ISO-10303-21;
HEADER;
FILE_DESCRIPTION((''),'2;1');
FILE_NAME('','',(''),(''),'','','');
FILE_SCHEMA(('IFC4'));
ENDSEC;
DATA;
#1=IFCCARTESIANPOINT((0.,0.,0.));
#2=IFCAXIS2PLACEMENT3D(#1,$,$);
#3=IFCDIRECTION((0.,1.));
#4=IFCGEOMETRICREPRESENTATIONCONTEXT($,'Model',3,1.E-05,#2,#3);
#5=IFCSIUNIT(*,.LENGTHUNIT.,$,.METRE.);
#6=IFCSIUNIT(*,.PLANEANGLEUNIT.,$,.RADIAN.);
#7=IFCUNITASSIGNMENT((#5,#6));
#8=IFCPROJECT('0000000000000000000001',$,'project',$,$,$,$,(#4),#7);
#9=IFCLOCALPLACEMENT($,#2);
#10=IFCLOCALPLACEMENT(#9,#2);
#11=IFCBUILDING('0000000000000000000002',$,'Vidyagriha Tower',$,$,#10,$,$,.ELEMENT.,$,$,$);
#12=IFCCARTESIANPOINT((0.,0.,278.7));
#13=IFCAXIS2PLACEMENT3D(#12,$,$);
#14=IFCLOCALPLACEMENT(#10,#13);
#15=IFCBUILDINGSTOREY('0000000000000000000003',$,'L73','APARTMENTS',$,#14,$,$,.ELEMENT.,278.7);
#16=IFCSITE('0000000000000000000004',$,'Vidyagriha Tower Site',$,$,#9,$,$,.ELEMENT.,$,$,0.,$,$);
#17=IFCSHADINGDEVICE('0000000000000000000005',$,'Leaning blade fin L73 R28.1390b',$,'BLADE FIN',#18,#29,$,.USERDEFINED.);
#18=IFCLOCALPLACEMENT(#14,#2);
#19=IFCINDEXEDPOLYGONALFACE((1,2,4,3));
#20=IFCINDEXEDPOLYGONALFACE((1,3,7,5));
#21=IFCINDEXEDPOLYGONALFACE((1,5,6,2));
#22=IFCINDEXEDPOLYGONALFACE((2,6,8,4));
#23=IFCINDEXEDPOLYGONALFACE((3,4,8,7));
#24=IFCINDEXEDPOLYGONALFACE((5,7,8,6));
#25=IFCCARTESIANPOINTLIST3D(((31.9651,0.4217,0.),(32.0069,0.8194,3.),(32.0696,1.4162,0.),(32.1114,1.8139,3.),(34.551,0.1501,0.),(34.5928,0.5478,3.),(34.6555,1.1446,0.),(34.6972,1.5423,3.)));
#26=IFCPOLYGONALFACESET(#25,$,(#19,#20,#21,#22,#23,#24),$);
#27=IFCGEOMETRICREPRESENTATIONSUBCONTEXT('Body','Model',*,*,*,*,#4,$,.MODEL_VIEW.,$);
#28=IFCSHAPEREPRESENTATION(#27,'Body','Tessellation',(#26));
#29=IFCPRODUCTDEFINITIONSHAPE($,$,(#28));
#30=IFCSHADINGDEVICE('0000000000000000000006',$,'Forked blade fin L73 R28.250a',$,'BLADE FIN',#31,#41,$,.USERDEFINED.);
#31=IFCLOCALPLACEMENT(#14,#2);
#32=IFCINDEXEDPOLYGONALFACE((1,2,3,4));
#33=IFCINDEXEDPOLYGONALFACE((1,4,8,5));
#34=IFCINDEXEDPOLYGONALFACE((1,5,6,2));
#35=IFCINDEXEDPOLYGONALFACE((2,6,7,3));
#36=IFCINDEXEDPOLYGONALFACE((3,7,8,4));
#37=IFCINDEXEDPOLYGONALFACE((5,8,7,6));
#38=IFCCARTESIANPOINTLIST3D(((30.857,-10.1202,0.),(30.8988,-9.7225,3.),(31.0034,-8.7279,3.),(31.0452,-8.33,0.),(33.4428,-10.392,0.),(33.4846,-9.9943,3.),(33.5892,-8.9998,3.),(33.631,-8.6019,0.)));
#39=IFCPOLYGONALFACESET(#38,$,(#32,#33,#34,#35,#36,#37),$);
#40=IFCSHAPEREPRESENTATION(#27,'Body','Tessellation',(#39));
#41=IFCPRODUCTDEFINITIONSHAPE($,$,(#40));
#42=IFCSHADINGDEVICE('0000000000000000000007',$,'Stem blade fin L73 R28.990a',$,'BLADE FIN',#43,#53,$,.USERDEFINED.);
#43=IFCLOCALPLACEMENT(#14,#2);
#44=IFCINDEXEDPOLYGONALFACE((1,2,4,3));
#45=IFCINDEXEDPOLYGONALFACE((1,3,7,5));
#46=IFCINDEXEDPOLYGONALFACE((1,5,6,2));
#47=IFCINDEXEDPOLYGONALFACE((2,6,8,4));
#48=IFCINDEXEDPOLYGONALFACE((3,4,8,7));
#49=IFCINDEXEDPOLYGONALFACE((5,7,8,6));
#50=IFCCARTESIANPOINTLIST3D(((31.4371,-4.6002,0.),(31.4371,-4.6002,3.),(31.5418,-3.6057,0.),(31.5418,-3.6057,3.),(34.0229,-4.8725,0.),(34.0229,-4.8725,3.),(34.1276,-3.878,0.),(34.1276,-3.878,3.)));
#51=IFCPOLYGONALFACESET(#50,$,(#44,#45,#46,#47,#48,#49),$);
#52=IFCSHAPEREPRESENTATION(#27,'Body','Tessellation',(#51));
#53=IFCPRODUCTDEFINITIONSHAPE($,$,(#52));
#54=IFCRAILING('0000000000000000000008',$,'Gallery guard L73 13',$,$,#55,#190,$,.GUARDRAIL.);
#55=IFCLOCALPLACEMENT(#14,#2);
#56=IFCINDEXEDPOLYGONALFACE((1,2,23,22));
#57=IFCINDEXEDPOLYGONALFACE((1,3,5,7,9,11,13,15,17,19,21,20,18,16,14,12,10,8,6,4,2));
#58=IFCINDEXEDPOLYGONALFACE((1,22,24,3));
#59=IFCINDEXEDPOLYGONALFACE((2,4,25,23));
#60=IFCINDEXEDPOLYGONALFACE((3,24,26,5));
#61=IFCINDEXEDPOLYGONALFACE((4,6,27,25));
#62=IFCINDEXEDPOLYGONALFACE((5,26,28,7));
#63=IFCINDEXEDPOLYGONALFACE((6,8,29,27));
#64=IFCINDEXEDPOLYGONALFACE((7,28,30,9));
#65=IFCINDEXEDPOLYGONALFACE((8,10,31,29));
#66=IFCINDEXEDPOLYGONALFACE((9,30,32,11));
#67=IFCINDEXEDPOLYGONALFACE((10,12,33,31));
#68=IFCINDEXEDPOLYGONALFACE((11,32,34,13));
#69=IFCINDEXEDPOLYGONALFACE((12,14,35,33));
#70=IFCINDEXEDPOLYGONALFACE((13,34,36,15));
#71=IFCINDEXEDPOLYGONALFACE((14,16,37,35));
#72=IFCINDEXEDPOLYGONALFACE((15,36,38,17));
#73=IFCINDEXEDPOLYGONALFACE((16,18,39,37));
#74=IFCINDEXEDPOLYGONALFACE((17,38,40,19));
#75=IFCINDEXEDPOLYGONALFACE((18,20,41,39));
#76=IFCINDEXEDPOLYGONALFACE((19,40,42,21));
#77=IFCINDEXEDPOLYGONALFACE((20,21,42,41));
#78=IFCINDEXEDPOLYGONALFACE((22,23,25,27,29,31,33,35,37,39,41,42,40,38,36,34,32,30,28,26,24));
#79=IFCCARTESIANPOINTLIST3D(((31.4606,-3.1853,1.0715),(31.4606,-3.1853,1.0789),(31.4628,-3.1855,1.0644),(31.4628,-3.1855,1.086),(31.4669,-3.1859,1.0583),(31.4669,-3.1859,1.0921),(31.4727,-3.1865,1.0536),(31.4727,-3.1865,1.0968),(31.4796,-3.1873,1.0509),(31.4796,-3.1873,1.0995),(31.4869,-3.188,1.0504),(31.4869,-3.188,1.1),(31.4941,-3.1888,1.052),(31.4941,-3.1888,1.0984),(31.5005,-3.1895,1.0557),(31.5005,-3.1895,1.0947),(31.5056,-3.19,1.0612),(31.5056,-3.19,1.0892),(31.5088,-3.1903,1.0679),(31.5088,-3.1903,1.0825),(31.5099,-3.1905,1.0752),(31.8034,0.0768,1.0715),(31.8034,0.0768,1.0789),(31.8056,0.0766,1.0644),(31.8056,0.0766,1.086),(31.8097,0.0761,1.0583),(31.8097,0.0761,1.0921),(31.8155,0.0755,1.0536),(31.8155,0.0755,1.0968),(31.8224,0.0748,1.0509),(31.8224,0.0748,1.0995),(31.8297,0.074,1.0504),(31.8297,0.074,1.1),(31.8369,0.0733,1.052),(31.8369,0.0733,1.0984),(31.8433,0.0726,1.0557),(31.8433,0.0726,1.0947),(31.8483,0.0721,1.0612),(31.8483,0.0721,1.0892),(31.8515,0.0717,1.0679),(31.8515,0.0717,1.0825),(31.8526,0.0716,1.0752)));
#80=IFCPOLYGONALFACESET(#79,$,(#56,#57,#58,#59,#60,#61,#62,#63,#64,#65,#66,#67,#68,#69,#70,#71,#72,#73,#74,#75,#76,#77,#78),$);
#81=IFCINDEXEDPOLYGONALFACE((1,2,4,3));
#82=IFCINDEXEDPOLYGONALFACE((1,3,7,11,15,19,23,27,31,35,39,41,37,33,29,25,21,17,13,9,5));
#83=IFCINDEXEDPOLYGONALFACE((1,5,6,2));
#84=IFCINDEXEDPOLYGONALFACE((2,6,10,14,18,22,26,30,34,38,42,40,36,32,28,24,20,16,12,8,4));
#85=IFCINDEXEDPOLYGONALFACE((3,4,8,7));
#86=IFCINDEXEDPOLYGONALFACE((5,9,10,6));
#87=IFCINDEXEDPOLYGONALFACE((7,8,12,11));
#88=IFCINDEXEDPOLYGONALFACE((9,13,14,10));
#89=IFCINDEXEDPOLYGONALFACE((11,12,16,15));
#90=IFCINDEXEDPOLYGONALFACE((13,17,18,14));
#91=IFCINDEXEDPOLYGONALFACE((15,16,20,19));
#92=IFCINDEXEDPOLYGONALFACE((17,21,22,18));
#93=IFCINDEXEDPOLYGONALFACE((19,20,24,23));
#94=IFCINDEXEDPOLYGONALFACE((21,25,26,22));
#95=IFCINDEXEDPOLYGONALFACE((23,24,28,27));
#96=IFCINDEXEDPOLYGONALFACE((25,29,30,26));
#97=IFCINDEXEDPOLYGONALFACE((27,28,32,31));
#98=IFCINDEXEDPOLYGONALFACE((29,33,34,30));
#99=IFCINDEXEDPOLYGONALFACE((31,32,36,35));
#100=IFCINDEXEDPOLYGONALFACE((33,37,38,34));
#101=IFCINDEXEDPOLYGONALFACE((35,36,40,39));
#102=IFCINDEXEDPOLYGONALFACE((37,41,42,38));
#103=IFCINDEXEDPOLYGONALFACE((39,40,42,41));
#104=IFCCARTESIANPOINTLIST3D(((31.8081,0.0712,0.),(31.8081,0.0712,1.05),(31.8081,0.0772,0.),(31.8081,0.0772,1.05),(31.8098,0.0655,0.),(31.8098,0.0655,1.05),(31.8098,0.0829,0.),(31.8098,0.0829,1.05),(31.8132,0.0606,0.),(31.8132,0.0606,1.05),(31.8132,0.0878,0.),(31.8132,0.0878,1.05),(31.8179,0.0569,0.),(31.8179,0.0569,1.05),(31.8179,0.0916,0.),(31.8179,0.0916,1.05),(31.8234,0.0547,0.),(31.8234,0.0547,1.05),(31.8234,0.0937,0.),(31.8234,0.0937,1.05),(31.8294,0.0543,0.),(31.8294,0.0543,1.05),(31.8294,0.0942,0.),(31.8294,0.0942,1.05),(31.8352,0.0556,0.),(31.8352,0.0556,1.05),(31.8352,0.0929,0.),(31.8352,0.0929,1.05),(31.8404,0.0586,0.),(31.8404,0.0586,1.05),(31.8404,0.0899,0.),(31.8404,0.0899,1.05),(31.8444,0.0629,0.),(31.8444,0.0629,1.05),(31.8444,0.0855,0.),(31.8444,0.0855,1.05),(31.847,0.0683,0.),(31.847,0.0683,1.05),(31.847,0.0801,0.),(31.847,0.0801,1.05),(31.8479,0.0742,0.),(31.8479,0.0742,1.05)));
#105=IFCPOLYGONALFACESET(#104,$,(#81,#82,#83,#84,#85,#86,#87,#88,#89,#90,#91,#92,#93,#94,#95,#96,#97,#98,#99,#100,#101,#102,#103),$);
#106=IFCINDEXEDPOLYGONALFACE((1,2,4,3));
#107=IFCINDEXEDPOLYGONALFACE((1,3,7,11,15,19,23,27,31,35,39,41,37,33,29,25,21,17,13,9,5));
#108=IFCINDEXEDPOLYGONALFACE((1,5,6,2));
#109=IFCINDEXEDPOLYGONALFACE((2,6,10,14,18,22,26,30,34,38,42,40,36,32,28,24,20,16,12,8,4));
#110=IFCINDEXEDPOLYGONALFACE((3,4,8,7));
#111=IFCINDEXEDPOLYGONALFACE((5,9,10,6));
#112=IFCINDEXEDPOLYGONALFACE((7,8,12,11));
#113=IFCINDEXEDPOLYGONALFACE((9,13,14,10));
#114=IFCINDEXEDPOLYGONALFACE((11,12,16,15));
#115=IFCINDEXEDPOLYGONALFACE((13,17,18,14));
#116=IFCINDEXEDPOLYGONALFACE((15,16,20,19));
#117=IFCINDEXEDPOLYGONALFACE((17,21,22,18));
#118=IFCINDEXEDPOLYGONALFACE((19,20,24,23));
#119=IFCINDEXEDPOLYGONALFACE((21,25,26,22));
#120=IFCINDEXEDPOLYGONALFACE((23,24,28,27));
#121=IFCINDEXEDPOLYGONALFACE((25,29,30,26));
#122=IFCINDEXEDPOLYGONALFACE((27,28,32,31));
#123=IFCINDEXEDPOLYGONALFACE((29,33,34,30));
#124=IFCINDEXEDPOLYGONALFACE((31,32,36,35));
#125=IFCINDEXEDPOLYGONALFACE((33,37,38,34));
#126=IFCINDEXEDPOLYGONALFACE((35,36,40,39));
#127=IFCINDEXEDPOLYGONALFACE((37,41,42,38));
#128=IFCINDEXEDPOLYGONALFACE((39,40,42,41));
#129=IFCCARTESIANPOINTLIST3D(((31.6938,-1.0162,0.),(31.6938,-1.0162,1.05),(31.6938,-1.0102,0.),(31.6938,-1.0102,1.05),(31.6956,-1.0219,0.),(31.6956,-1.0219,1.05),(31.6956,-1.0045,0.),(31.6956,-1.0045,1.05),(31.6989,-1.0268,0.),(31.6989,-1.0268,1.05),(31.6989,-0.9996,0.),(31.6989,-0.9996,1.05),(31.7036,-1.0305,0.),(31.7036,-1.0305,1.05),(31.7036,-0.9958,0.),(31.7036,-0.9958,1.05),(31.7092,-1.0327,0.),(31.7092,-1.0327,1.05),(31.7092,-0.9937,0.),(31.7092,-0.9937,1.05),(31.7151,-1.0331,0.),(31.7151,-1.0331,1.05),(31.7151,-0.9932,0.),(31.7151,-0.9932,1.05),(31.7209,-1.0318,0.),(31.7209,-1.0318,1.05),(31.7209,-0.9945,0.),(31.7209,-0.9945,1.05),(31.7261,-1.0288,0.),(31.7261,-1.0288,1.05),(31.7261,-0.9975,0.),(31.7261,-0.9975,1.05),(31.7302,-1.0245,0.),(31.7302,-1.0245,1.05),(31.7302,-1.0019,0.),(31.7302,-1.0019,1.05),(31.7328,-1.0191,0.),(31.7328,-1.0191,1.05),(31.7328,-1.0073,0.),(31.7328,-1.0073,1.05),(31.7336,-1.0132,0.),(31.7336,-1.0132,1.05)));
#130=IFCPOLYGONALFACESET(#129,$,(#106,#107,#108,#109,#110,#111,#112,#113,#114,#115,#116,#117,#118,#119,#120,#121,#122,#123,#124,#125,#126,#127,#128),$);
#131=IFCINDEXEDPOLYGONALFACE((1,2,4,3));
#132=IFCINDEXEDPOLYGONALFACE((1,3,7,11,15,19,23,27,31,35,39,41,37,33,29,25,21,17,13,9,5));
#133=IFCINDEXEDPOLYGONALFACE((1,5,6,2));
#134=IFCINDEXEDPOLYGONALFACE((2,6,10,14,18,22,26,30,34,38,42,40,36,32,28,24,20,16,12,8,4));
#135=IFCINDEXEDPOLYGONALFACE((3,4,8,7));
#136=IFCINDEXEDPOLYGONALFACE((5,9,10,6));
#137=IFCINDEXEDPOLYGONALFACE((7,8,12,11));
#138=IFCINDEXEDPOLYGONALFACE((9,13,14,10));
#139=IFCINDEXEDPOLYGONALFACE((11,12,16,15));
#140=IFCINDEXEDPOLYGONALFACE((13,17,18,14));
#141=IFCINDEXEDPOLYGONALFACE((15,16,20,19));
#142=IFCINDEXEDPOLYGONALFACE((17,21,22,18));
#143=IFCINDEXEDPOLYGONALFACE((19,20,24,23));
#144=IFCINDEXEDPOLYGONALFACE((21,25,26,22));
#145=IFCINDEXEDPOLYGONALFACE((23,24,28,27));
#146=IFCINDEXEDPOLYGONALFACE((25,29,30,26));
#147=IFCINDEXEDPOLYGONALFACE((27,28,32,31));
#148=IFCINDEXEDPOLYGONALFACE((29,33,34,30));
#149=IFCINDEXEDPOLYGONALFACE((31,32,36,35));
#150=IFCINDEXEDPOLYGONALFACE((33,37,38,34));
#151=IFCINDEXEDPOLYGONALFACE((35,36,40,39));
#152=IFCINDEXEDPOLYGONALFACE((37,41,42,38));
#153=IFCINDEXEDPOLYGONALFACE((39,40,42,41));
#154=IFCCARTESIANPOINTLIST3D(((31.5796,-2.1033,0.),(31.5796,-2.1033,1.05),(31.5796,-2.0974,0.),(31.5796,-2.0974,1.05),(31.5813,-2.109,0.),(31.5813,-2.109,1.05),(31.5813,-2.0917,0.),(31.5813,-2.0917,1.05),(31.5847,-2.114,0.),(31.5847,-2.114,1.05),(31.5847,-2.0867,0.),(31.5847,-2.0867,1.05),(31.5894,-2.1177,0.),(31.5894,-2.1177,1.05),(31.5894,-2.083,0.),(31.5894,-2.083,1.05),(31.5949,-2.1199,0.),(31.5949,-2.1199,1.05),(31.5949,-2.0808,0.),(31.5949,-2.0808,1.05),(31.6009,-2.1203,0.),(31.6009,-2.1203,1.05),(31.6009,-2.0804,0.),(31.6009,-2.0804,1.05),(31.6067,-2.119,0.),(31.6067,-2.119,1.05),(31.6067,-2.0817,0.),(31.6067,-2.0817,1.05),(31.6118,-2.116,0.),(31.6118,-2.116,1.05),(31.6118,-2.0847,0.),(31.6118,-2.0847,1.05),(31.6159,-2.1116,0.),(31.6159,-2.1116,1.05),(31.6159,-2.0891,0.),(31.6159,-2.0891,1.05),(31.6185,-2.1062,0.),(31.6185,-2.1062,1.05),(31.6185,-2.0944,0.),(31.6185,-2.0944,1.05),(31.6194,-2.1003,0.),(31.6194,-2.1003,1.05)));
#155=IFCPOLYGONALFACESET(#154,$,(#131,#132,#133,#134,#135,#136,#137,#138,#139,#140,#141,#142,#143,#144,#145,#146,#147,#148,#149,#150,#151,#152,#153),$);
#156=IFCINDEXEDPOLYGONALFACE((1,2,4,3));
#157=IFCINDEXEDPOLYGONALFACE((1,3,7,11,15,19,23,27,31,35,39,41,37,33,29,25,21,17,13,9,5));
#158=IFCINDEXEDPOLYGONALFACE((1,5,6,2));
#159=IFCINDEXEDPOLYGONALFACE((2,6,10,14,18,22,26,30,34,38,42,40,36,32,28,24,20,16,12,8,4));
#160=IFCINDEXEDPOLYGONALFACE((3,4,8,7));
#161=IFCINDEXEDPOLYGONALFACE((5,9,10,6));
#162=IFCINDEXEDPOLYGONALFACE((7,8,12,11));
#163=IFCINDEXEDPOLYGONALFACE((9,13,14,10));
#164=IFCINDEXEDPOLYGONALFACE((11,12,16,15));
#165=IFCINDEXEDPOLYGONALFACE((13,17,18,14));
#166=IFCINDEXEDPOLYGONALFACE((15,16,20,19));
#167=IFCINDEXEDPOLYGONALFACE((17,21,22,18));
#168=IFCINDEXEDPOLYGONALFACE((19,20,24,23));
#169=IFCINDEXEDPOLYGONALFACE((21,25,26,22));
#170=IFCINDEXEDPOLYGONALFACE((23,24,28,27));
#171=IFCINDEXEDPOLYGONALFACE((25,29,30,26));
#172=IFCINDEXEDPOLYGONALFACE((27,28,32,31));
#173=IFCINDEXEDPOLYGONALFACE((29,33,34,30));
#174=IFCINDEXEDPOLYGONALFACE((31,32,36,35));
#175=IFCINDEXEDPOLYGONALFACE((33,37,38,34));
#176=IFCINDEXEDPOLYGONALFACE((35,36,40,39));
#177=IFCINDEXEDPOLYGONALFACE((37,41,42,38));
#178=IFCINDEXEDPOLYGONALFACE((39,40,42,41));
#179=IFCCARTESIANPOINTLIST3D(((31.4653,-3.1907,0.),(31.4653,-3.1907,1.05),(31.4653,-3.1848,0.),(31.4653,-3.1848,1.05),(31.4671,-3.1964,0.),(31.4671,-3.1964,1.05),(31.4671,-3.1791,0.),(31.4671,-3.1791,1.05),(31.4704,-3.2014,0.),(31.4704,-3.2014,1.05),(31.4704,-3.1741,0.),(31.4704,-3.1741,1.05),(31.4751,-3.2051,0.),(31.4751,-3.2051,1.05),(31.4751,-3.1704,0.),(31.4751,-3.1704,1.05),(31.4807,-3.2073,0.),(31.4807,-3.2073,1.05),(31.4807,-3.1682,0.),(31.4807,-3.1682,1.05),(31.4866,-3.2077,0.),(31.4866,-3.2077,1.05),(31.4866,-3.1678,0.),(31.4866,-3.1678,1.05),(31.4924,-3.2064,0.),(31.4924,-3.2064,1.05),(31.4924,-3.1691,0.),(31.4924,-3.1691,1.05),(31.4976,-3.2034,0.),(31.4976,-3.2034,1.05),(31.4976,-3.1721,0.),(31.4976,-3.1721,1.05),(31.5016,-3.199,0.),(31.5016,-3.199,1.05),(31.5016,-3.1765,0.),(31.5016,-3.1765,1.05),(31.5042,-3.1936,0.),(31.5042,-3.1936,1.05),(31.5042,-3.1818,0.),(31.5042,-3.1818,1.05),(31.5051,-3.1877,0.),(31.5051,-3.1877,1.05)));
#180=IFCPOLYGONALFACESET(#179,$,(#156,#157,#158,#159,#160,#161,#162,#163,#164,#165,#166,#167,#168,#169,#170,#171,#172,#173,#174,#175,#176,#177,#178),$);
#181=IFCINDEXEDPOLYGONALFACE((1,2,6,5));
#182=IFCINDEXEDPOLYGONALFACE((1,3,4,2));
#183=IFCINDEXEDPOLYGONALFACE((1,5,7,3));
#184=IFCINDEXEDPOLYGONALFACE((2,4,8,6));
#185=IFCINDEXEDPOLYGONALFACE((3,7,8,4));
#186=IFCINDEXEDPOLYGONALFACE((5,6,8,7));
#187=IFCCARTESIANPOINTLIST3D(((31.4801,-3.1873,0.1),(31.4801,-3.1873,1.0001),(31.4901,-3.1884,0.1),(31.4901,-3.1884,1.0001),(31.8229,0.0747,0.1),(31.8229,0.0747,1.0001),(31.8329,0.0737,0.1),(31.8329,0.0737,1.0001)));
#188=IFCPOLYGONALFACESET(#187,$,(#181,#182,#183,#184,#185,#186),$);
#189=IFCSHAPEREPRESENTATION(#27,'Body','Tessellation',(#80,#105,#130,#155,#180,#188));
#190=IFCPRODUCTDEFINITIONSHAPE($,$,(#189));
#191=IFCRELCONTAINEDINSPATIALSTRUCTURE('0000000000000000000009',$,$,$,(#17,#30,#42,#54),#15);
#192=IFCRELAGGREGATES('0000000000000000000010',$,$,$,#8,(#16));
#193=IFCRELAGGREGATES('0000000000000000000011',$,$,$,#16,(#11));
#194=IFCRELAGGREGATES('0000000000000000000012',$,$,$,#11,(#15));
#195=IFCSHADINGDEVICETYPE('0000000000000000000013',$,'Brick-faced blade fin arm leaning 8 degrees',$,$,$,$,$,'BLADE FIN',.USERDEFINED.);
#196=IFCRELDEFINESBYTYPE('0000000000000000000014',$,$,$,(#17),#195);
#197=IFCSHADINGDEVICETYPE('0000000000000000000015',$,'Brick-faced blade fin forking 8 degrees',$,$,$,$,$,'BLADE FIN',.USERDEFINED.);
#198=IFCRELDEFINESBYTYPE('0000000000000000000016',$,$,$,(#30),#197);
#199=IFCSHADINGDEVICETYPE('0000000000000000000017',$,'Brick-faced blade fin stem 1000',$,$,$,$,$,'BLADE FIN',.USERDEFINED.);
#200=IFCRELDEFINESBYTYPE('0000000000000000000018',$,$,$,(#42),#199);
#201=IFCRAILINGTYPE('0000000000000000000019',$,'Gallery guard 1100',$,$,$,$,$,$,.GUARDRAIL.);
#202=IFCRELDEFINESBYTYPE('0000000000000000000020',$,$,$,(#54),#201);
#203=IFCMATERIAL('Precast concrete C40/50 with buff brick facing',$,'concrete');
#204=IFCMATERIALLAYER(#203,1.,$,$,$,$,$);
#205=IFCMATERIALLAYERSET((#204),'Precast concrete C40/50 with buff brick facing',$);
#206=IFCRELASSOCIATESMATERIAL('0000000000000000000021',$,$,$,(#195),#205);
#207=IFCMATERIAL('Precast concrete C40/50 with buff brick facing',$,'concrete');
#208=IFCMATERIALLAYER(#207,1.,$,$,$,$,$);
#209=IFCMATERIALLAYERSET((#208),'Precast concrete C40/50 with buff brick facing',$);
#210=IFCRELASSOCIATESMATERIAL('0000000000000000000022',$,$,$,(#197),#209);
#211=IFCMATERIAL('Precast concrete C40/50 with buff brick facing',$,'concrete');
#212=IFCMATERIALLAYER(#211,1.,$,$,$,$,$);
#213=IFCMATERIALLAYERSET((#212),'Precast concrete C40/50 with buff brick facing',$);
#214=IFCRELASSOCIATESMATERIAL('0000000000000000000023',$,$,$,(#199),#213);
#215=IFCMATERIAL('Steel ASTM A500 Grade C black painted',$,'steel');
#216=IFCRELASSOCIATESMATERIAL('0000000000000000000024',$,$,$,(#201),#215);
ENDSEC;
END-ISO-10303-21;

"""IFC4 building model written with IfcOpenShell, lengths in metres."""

from ifc_helpers import new_model, si_unit, direction, frame, origin, origin_2d, place, context, subcontext, project, spatial, polyline, rectangle, circle, outline, extrude, material, layer, layer_set, type_object, element, save


model = new_model("IFC4")

# Units and contexts
model_context = context("Model", 3, precision=1e-05, world=origin(), true_north=direction((0.0, 1.0)))
body_context = subcontext(model_context, "Body", "Model", "MODEL_VIEW")
ifc_project = project(units=[si_unit("LENGTHUNIT", "METRE"), si_unit("PLANEANGLEUNIT", "RADIAN")], contexts=[model_context])

# Site, building, storey
site_placement = place(None, origin())
site = spatial("IfcSite", under=ifc_project, at=site_placement, Name="Vidyagriha Tower Site", CompositionType="ELEMENT", RefElevation=0.0)
building_placement = place(site_placement, origin())
building = spatial("IfcBuilding", under=site, at=building_placement, Name="Vidyagriha Tower", CompositionType="ELEMENT")
storey_placement = place(building_placement, frame((0.0, 0.0, 278.7)))
storey = spatial("IfcBuildingStorey", under=building, at=storey_placement, Name="L73", Description="APARTMENTS", CompositionType="ELEMENT", Elevation=278.7)

# Shading devices
ifc_material_1 = material(Name="Precast concrete C40/50 with buff brick facing", Category="concrete")
ifc_layer_1 = layer(ifc_material_1, 1.0)
ifc_layer_set_1 = layer_set([ifc_layer_1], Name="Precast concrete C40/50 with buff brick facing")
shading_device_type_1 = type_object("IfcShadingDeviceType", Name="Brick-faced blade fin arm leaning 8 degrees", ElementType="BLADE FIN", PredefinedType="USERDEFINED", material=ifc_layer_set_1)
shading_device_1_placement = place(storey_placement, frame((33.2581, 0.2859, 0.0), z_axis=(0.0, 0.0, 1.0), x_axis=(0.104458, 0.994529, 0.0)))
element("IfcShadingDevice", 1, at=shading_device_1_placement, inside=storey, type_object=shading_device_type_1, Name="Leaning blade fin L73 R28.1390b", ObjectType="BLADE FIN", PredefinedType="USERDEFINED", context=body_context, shape_type="SweptSolid", body=[
    extrude(outline(polyline([(0.0, 0.0), (1.0, 0.0), (1.3999, 3.0), (0.3999, 3.0), (0.0, 0.0)])), frame((0.0, 1.3, 0.0), z_axis=(0.0, -1.0, 0.0), x_axis=(1.0, 0.0, 0.0)), (0.0, 0.0, 1.0), 2.6001),
])
ifc_material_2 = material(Name="Precast concrete C40/50 with buff brick facing", Category="concrete")
ifc_layer_2 = layer(ifc_material_2, 1.0)
ifc_layer_set_2 = layer_set([ifc_layer_2], Name="Precast concrete C40/50 with buff brick facing")
shading_device_type_2 = type_object("IfcShadingDeviceType", Name="Brick-faced blade fin forking 8 degrees", ElementType="BLADE FIN", PredefinedType="USERDEFINED", material=ifc_layer_set_2)
shading_device_2_placement = place(storey_placement, frame((32.1499, -10.2561, 0.0), z_axis=(0.0, 0.0, 1.0), x_axis=(0.104565, 0.994518, 0.0)))
element("IfcShadingDevice", 2, at=shading_device_2_placement, inside=storey, type_object=shading_device_type_2, Name="Forked blade fin L73 R28.250a", ObjectType="BLADE FIN", PredefinedType="USERDEFINED", context=body_context, shape_type="SweptSolid", body=[
    extrude(outline(polyline([(0.0, 0.0), (1.8, 0.0), (1.3999, 3.0), (0.3999, 3.0), (0.0, 0.0)])), frame((0.0, 1.3, 0.0), z_axis=(0.0, -1.0, 0.0), x_axis=(1.0, 0.0, 0.0)), (0.0, 0.0, 1.0), 2.6001),
])
ifc_material_3 = material(Name="Precast concrete C40/50 with buff brick facing", Category="concrete")
ifc_layer_3 = layer(ifc_material_3, 1.0)
ifc_layer_set_3 = layer_set([ifc_layer_3], Name="Precast concrete C40/50 with buff brick facing")
shading_device_type_3 = type_object("IfcShadingDeviceType", Name="Brick-faced blade fin stem 1000", ElementType="BLADE FIN", PredefinedType="USERDEFINED", material=ifc_layer_set_3)
shading_device_3_placement = place(storey_placement, frame((32.73, -4.7363, 0.0), z_axis=(0.0, 0.0, 1.0), x_axis=(0.104748, 0.994499, 0.0)))
element("IfcShadingDevice", 3, at=shading_device_3_placement, inside=storey, type_object=shading_device_type_3, Name="Stem blade fin L73 R28.990a", ObjectType="BLADE FIN", PredefinedType="USERDEFINED", context=body_context, shape_type="SweptSolid", body=[
    extrude(outline(polyline([(0.0, 0.0), (1.0, 0.0), (1.0, 3.0), (0.0, 3.0), (0.0, 0.0)])), frame((0.0, 1.3, 0.0), z_axis=(0.0, -1.0, 0.0), x_axis=(1.0, 0.0, 0.0)), (0.0, 0.0, 1.0), 2.6001),
])

# Railing
ifc_material_4 = material(Name="Steel ASTM A500 Grade C black painted", Category="steel")
railing_type_1 = type_object("IfcRailingType", Name="Gallery guard 1100", PredefinedType="GUARDRAIL", material=ifc_material_4)
railing_1_placement = place(storey_placement, frame((31.8279, 0.0742, 0.0)))
element("IfcRailing", 4, at=railing_1_placement, inside=storey, type_object=railing_type_1, Name="Gallery guard L73 13", PredefinedType="GUARDRAIL", context=body_context, shape_type="SweptSolid", body=[
    extrude(circle(Radius=0.0249, at=origin_2d()), frame((0.0, 0.0, 1.0752), z_axis=(-0.104507, -0.994524, 0.0), x_axis=(0.994524, -0.104507, 0.0)), (0.0, 0.0, 1.0), 3.28),
    extrude(circle(Radius=0.02, at=origin_2d()), origin(), (0.0, 0.0, 1.0), 1.05),
    extrude(circle(Radius=0.02, at=origin_2d()), frame((-0.1143, -1.0874, 0.0)), (0.0, 0.0, 1.0), 1.05),
    extrude(circle(Radius=0.02, at=origin_2d()), frame((-0.2285, -2.1746, 0.0)), (0.0, 0.0, 1.0), 1.05),
    extrude(circle(Radius=0.02, at=origin_2d()), frame((-0.3428, -3.262, 0.0)), (0.0, 0.0, 1.0), 1.05),
    extrude(rectangle(XDim=0.01, YDim=0.9001, at=origin_2d()), frame((0.0, 0.0, 0.55), z_axis=(-0.104507, -0.994524, 0.0), x_axis=(0.994524, -0.104507, 0.0)), (0.0, 0.0, 1.0), 3.28),
])

save(model, "model.ifc")
